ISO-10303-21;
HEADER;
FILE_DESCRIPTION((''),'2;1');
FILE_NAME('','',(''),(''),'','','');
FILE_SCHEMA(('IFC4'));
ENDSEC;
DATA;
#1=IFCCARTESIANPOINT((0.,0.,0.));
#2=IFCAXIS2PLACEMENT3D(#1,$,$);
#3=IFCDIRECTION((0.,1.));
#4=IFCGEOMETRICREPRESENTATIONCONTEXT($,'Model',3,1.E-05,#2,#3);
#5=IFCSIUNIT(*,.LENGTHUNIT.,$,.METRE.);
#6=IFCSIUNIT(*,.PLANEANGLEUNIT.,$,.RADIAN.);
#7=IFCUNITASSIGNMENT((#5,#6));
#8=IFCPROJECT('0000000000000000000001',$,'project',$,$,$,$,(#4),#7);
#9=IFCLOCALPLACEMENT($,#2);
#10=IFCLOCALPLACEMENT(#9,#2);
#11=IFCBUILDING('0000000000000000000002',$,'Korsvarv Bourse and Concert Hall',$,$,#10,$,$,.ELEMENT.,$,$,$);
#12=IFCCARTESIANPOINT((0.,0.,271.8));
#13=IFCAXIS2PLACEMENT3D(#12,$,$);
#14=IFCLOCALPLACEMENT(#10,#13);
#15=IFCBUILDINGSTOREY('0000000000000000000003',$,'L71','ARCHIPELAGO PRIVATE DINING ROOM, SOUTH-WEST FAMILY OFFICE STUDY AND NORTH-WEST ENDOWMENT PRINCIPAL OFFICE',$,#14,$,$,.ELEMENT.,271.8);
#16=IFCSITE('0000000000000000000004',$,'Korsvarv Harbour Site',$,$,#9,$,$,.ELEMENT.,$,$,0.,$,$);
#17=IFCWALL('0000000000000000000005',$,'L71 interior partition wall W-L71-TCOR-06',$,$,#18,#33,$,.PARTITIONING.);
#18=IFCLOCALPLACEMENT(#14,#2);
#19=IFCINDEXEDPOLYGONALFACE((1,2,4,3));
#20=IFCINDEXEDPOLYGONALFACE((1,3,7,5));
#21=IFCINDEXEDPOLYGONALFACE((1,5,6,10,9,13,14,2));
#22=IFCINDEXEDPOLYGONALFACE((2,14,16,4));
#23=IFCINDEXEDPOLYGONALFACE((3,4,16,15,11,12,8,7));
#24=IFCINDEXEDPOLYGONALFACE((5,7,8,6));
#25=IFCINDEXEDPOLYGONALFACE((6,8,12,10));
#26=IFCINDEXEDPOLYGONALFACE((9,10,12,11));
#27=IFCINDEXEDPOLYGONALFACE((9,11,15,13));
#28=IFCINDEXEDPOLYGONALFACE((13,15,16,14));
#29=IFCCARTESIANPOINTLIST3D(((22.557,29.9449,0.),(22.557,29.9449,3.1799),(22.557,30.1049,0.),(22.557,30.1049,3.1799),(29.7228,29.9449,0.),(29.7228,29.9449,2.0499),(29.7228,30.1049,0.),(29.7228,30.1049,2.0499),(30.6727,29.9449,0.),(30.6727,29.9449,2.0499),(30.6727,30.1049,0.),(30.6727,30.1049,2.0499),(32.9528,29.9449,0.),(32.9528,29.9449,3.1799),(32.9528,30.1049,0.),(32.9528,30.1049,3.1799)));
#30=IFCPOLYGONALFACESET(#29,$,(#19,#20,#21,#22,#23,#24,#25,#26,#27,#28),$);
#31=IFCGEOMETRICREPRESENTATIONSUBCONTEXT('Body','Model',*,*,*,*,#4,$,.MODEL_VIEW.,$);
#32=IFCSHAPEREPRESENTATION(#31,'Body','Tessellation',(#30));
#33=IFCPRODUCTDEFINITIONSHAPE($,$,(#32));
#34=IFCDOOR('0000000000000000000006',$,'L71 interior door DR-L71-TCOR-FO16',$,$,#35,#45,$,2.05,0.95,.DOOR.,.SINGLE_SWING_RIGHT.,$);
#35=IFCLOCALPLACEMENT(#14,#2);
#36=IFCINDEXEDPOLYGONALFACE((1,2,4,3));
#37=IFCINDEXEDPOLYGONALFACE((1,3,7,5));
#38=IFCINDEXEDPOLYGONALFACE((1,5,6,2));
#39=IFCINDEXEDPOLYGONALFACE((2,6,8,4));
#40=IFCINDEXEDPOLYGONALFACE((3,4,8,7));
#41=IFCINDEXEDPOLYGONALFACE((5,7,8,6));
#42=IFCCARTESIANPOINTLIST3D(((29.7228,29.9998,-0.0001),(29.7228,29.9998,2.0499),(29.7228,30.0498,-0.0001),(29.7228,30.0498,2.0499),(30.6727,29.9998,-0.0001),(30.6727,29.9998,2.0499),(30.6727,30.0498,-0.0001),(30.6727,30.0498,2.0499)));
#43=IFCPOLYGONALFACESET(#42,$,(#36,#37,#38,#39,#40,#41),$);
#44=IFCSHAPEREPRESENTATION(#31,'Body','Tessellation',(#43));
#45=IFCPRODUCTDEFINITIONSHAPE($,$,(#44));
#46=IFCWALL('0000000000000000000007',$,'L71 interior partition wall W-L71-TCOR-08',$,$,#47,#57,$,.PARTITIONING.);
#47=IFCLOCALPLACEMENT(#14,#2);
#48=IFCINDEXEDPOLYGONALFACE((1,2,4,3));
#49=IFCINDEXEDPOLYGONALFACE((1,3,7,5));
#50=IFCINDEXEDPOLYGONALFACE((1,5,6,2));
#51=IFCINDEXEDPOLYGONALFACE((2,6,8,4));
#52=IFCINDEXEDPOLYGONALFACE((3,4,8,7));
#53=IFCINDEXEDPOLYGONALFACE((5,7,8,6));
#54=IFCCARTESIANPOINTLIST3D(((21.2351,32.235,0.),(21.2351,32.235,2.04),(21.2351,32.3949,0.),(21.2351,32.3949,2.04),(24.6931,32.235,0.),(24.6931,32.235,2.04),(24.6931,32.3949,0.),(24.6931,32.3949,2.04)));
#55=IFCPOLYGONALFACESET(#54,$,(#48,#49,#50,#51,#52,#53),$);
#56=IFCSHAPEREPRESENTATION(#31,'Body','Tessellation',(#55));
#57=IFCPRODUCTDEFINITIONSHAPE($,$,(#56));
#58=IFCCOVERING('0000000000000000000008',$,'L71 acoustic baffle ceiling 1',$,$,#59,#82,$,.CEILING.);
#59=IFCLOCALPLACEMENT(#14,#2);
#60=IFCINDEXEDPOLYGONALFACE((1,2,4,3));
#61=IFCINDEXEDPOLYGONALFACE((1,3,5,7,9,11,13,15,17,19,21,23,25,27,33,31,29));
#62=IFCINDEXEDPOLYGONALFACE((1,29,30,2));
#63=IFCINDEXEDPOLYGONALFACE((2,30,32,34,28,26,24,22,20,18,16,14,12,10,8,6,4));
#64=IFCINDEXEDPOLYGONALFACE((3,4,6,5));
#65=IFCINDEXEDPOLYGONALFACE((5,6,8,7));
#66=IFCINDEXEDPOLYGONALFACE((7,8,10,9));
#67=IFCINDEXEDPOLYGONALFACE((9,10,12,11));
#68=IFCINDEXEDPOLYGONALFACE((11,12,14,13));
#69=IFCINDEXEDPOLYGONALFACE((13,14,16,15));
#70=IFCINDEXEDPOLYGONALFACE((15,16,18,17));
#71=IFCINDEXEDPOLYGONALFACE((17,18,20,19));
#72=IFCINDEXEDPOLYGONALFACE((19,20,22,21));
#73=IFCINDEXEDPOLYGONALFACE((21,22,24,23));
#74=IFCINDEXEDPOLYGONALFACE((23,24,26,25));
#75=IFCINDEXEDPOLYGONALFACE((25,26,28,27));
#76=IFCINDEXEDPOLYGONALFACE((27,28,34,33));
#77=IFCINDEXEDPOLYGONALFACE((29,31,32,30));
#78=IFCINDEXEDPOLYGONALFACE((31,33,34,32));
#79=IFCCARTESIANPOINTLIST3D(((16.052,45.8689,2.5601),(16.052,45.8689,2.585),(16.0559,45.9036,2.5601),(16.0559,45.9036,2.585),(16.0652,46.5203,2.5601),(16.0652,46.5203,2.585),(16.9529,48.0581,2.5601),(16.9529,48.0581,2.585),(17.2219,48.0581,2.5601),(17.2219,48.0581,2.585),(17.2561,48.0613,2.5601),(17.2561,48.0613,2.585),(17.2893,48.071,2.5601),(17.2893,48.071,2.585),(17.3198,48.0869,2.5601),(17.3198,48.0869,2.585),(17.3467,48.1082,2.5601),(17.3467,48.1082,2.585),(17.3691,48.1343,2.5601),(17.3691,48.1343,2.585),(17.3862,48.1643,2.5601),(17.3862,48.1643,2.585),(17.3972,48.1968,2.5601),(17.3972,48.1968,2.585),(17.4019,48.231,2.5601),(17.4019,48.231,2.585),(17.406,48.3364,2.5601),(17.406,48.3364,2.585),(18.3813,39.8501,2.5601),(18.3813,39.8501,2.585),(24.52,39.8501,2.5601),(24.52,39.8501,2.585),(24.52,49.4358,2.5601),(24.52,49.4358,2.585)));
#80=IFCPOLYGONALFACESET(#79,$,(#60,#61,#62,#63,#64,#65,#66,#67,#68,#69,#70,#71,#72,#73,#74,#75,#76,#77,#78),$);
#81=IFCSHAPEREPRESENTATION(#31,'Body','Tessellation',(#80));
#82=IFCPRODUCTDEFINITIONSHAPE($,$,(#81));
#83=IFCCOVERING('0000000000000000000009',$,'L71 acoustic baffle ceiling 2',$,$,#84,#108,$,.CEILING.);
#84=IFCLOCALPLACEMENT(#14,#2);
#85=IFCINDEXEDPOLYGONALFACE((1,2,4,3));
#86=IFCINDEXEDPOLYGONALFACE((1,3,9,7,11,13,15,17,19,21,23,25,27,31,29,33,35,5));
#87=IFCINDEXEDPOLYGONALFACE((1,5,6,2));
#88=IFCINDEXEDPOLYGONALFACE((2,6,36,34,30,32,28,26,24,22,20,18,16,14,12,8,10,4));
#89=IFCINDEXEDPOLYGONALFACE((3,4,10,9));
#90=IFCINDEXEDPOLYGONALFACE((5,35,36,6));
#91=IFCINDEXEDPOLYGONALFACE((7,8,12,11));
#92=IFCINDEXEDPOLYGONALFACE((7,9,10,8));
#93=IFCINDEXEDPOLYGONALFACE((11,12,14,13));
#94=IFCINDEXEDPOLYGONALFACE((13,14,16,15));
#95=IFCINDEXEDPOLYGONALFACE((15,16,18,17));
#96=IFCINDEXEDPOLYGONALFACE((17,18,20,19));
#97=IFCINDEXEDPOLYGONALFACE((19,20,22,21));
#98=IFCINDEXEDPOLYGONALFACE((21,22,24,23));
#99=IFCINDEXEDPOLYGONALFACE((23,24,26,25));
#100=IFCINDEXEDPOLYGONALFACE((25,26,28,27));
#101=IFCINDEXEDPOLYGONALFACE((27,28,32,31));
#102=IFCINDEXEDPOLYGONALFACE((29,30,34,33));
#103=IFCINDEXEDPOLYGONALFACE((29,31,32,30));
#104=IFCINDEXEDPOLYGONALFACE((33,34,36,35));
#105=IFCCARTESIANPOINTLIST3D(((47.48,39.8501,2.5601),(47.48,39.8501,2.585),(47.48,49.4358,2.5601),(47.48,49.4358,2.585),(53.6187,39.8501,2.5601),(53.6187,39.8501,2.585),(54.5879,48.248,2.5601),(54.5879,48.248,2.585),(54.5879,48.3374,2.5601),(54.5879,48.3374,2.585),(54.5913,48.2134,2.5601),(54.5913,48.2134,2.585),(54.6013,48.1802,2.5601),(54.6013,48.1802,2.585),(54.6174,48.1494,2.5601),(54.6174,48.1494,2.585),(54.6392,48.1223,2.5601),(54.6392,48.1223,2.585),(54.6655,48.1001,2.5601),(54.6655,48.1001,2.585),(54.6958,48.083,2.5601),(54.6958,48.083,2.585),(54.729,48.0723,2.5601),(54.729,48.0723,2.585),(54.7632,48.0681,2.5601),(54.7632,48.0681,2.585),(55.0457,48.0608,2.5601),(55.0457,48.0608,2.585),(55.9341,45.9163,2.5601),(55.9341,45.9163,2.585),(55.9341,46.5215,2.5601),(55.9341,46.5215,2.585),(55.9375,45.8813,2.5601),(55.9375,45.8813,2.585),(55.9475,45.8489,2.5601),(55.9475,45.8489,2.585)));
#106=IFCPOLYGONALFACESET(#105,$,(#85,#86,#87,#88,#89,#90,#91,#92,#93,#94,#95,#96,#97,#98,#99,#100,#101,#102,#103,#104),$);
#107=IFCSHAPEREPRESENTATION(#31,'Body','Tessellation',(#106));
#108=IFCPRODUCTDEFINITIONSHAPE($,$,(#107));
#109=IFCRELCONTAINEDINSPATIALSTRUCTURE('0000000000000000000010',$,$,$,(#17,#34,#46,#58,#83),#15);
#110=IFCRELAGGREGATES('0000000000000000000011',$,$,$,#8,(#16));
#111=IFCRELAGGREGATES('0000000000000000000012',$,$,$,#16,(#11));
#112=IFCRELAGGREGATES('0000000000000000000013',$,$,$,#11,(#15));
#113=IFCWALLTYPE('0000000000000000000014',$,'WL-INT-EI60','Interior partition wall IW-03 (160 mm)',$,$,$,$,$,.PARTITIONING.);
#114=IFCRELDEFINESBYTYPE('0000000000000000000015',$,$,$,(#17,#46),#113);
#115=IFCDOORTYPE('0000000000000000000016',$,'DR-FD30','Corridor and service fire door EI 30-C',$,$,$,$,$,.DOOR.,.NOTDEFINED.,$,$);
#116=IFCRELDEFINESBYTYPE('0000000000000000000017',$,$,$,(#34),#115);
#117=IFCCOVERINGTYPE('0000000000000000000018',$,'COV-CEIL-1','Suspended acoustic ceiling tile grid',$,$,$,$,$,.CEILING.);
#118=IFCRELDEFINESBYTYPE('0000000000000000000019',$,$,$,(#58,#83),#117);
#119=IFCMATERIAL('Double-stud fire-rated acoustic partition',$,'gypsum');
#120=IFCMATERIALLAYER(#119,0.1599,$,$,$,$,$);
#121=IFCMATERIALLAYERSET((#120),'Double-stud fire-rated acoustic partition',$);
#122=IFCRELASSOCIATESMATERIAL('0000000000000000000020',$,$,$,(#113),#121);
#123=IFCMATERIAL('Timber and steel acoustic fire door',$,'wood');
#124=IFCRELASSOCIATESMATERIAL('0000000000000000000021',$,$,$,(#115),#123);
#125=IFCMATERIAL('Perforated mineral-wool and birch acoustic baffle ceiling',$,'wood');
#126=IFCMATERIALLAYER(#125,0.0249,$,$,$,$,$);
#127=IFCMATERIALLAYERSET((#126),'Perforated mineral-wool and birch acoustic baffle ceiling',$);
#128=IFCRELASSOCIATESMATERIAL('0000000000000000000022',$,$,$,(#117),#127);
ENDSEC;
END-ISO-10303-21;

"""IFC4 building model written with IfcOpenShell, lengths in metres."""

from ifc_helpers import new_model, si_unit, direction, frame, frame_2d, origin, place, context, subcontext, project, spatial, polyline, rectangle, outline, extrude, material, layer, layer_set, type_object, element, fill, save


model = new_model("IFC4")

# Units and contexts
model_context = context("Model", 3, precision=1e-05, world=origin(), true_north=direction((0.0, 1.0)))
body_context = subcontext(model_context, "Body", "Model", "MODEL_VIEW")
ifc_project = project(units=[si_unit("LENGTHUNIT", "METRE"), si_unit("PLANEANGLEUNIT", "RADIAN")], contexts=[model_context])

# Site, building, storey
site_placement = place(None, origin())
site = spatial("IfcSite", under=ifc_project, at=site_placement, Name="Korsvarv Harbour Site", CompositionType="ELEMENT", RefElevation=0.0)
building_placement = place(site_placement, origin())
building = spatial("IfcBuilding", under=site, at=building_placement, Name="Korsvarv Bourse and Concert Hall", CompositionType="ELEMENT")
storey_placement = place(building_placement, frame((0.0, 0.0, 271.8)))
storey = spatial("IfcBuildingStorey", under=building, at=storey_placement, Name="L71", Description="ARCHIPELAGO PRIVATE DINING ROOM, SOUTH-WEST FAMILY OFFICE STUDY AND NORTH-WEST ENDOWMENT PRINCIPAL OFFICE", CompositionType="ELEMENT", Elevation=271.8)

# Wall, opening, door
ifc_material_1 = material(Name="Double-stud fire-rated acoustic partition", Category="gypsum")
ifc_layer_1 = layer(ifc_material_1, 0.1599)
ifc_layer_set_1 = layer_set([ifc_layer_1], Name="Double-stud fire-rated acoustic partition")
wall_type = type_object("IfcWallType", Name="WL-INT-EI60", Description="Interior partition wall IW-03 (160 mm)", PredefinedType="PARTITIONING", material=ifc_layer_set_1)
wall_1_placement = place(storey_placement, frame((22.5571, 30.0249, 0.0), z_axis=(0.0, 0.0, 1.0), x_axis=(1.0, 0.0, 0.0)))
wall_1 = element("IfcWall", 1, at=wall_1_placement, inside=storey, type_object=wall_type, Name="L71 interior partition wall W-L71-TCOR-06", PredefinedType="PARTITIONING", context=body_context, shape_type="SweptSolid", body=[
    extrude(rectangle(XDim=10.3958, YDim=0.1599, at=frame_2d((5.1978, 0.0))), origin(), (0.0, 0.0, 1.0), 3.1799),
])
opening_placement = place(wall_1_placement, frame((7.1655, 0.0, 0.0)))
opening = element("IfcOpeningElement", 2, at=opening_placement, cuts=wall_1, PredefinedType="OPENING", context=body_context, shape_type="SweptSolid", body=[
    extrude(rectangle(XDim=0.95, YDim=2.05, at=frame_2d((0.4751, 1.0249))), frame((0.0, 0.0898, 0.0), z_axis=(0.0, -1.0, 0.0), x_axis=(1.0, 0.0, 0.0)), (0.0, 0.0, 1.0), 0.1799),
])
ifc_material_2 = material(Name="Timber and steel acoustic fire door", Category="wood")
door_type = type_object("IfcDoorType", Name="DR-FD30", Description="Corridor and service fire door EI 30-C", OperationType="NOTDEFINED", PredefinedType="DOOR", material=ifc_material_2)
door_placement = place(opening_placement, origin())
door = element("IfcDoor", 3, at=door_placement, inside=storey, type_object=door_type, Name="L71 interior door DR-L71-TCOR-FO16", OperationType="SINGLE_SWING_RIGHT", OverallHeight=2.05, OverallWidth=0.95, PredefinedType="DOOR", context=body_context, shape_type="SweptSolid", body=[
    extrude(rectangle(XDim=0.95, YDim=2.05, at=frame_2d((0.4751, 1.0249))), frame((0.0, 0.0249, 0.0), z_axis=(0.0, -1.0, 0.0), x_axis=(1.0, 0.0, 0.0)), (0.0, 0.0, 1.0), 0.05),
])
fill(opening, door)

# Wall
wall_2_placement = place(storey_placement, frame((21.2351, 32.3149, 0.0), z_axis=(0.0, 0.0, 1.0), x_axis=(1.0, 0.0, 0.0)))
element("IfcWall", 4, at=wall_2_placement, inside=storey, type_object=wall_type, Name="L71 interior partition wall W-L71-TCOR-08", PredefinedType="PARTITIONING", context=body_context, shape_type="SweptSolid", body=[
    extrude(rectangle(XDim=3.458, YDim=0.1599, at=frame_2d((1.729, 0.0))), origin(), (0.0, 0.0, 1.0), 2.04),
])

# Coverings
ifc_material_3 = material(Name="Perforated mineral-wool and birch acoustic baffle ceiling", Category="wood")
ifc_layer_2 = layer(ifc_material_3, 0.0249)
ifc_layer_set_2 = layer_set([ifc_layer_2], Name="Perforated mineral-wool and birch acoustic baffle ceiling")
covering_type_1 = type_object("IfcCoveringType", Name="COV-CEIL-1", Description="Suspended acoustic ceiling tile grid", PredefinedType="CEILING", material=ifc_layer_set_2)
covering_1_placement = place(storey_placement, frame((0.0, 0.0, 2.5601)))
element("IfcCovering", 5, at=covering_1_placement, inside=storey, type_object=covering_type_1, Name="L71 acoustic baffle ceiling 1", PredefinedType="CEILING", context=body_context, shape_type="SweptSolid", body=[
    extrude(outline(polyline([(16.052, 45.8689), (16.0559, 45.9036), (16.0652, 46.5203), (16.9529, 48.0581), (17.2219, 48.0581), (17.2561, 48.0613), (17.2893, 48.071), (17.3198, 48.0869), (17.3467, 48.1082), (17.3691, 48.1343), (17.3862, 48.1643), (17.3972, 48.1968), (17.4019, 48.231), (17.406, 48.3364), (24.52, 49.4358), (24.52, 39.8501), (18.3813, 39.8501), (16.052, 45.8689)])), origin(), (0.0, 0.0, 1.0), 0.0249),
])
covering_2_placement = place(storey_placement, frame((0.0, 0.0, 2.5601)))
element("IfcCovering", 6, at=covering_2_placement, inside=storey, type_object=covering_type_1, Name="L71 acoustic baffle ceiling 2", PredefinedType="CEILING", context=body_context, shape_type="SweptSolid", body=[
    extrude(outline(polyline([(54.5879, 48.248), (54.5913, 48.2134), (54.6013, 48.1802), (54.6174, 48.1494), (54.6392, 48.1223), (54.6655, 48.1001), (54.6958, 48.083), (54.729, 48.0723), (54.7632, 48.0681), (55.0457, 48.0608), (55.9341, 46.5215), (55.9341, 45.9163), (55.9375, 45.8813), (55.9475, 45.8489), (53.6187, 39.8501), (47.48, 39.8501), (47.48, 49.4358), (54.5879, 48.3374), (54.5879, 48.248)])), origin(), (0.0, 0.0, 1.0), 0.0249),
])

save(model, "model.ifc")
